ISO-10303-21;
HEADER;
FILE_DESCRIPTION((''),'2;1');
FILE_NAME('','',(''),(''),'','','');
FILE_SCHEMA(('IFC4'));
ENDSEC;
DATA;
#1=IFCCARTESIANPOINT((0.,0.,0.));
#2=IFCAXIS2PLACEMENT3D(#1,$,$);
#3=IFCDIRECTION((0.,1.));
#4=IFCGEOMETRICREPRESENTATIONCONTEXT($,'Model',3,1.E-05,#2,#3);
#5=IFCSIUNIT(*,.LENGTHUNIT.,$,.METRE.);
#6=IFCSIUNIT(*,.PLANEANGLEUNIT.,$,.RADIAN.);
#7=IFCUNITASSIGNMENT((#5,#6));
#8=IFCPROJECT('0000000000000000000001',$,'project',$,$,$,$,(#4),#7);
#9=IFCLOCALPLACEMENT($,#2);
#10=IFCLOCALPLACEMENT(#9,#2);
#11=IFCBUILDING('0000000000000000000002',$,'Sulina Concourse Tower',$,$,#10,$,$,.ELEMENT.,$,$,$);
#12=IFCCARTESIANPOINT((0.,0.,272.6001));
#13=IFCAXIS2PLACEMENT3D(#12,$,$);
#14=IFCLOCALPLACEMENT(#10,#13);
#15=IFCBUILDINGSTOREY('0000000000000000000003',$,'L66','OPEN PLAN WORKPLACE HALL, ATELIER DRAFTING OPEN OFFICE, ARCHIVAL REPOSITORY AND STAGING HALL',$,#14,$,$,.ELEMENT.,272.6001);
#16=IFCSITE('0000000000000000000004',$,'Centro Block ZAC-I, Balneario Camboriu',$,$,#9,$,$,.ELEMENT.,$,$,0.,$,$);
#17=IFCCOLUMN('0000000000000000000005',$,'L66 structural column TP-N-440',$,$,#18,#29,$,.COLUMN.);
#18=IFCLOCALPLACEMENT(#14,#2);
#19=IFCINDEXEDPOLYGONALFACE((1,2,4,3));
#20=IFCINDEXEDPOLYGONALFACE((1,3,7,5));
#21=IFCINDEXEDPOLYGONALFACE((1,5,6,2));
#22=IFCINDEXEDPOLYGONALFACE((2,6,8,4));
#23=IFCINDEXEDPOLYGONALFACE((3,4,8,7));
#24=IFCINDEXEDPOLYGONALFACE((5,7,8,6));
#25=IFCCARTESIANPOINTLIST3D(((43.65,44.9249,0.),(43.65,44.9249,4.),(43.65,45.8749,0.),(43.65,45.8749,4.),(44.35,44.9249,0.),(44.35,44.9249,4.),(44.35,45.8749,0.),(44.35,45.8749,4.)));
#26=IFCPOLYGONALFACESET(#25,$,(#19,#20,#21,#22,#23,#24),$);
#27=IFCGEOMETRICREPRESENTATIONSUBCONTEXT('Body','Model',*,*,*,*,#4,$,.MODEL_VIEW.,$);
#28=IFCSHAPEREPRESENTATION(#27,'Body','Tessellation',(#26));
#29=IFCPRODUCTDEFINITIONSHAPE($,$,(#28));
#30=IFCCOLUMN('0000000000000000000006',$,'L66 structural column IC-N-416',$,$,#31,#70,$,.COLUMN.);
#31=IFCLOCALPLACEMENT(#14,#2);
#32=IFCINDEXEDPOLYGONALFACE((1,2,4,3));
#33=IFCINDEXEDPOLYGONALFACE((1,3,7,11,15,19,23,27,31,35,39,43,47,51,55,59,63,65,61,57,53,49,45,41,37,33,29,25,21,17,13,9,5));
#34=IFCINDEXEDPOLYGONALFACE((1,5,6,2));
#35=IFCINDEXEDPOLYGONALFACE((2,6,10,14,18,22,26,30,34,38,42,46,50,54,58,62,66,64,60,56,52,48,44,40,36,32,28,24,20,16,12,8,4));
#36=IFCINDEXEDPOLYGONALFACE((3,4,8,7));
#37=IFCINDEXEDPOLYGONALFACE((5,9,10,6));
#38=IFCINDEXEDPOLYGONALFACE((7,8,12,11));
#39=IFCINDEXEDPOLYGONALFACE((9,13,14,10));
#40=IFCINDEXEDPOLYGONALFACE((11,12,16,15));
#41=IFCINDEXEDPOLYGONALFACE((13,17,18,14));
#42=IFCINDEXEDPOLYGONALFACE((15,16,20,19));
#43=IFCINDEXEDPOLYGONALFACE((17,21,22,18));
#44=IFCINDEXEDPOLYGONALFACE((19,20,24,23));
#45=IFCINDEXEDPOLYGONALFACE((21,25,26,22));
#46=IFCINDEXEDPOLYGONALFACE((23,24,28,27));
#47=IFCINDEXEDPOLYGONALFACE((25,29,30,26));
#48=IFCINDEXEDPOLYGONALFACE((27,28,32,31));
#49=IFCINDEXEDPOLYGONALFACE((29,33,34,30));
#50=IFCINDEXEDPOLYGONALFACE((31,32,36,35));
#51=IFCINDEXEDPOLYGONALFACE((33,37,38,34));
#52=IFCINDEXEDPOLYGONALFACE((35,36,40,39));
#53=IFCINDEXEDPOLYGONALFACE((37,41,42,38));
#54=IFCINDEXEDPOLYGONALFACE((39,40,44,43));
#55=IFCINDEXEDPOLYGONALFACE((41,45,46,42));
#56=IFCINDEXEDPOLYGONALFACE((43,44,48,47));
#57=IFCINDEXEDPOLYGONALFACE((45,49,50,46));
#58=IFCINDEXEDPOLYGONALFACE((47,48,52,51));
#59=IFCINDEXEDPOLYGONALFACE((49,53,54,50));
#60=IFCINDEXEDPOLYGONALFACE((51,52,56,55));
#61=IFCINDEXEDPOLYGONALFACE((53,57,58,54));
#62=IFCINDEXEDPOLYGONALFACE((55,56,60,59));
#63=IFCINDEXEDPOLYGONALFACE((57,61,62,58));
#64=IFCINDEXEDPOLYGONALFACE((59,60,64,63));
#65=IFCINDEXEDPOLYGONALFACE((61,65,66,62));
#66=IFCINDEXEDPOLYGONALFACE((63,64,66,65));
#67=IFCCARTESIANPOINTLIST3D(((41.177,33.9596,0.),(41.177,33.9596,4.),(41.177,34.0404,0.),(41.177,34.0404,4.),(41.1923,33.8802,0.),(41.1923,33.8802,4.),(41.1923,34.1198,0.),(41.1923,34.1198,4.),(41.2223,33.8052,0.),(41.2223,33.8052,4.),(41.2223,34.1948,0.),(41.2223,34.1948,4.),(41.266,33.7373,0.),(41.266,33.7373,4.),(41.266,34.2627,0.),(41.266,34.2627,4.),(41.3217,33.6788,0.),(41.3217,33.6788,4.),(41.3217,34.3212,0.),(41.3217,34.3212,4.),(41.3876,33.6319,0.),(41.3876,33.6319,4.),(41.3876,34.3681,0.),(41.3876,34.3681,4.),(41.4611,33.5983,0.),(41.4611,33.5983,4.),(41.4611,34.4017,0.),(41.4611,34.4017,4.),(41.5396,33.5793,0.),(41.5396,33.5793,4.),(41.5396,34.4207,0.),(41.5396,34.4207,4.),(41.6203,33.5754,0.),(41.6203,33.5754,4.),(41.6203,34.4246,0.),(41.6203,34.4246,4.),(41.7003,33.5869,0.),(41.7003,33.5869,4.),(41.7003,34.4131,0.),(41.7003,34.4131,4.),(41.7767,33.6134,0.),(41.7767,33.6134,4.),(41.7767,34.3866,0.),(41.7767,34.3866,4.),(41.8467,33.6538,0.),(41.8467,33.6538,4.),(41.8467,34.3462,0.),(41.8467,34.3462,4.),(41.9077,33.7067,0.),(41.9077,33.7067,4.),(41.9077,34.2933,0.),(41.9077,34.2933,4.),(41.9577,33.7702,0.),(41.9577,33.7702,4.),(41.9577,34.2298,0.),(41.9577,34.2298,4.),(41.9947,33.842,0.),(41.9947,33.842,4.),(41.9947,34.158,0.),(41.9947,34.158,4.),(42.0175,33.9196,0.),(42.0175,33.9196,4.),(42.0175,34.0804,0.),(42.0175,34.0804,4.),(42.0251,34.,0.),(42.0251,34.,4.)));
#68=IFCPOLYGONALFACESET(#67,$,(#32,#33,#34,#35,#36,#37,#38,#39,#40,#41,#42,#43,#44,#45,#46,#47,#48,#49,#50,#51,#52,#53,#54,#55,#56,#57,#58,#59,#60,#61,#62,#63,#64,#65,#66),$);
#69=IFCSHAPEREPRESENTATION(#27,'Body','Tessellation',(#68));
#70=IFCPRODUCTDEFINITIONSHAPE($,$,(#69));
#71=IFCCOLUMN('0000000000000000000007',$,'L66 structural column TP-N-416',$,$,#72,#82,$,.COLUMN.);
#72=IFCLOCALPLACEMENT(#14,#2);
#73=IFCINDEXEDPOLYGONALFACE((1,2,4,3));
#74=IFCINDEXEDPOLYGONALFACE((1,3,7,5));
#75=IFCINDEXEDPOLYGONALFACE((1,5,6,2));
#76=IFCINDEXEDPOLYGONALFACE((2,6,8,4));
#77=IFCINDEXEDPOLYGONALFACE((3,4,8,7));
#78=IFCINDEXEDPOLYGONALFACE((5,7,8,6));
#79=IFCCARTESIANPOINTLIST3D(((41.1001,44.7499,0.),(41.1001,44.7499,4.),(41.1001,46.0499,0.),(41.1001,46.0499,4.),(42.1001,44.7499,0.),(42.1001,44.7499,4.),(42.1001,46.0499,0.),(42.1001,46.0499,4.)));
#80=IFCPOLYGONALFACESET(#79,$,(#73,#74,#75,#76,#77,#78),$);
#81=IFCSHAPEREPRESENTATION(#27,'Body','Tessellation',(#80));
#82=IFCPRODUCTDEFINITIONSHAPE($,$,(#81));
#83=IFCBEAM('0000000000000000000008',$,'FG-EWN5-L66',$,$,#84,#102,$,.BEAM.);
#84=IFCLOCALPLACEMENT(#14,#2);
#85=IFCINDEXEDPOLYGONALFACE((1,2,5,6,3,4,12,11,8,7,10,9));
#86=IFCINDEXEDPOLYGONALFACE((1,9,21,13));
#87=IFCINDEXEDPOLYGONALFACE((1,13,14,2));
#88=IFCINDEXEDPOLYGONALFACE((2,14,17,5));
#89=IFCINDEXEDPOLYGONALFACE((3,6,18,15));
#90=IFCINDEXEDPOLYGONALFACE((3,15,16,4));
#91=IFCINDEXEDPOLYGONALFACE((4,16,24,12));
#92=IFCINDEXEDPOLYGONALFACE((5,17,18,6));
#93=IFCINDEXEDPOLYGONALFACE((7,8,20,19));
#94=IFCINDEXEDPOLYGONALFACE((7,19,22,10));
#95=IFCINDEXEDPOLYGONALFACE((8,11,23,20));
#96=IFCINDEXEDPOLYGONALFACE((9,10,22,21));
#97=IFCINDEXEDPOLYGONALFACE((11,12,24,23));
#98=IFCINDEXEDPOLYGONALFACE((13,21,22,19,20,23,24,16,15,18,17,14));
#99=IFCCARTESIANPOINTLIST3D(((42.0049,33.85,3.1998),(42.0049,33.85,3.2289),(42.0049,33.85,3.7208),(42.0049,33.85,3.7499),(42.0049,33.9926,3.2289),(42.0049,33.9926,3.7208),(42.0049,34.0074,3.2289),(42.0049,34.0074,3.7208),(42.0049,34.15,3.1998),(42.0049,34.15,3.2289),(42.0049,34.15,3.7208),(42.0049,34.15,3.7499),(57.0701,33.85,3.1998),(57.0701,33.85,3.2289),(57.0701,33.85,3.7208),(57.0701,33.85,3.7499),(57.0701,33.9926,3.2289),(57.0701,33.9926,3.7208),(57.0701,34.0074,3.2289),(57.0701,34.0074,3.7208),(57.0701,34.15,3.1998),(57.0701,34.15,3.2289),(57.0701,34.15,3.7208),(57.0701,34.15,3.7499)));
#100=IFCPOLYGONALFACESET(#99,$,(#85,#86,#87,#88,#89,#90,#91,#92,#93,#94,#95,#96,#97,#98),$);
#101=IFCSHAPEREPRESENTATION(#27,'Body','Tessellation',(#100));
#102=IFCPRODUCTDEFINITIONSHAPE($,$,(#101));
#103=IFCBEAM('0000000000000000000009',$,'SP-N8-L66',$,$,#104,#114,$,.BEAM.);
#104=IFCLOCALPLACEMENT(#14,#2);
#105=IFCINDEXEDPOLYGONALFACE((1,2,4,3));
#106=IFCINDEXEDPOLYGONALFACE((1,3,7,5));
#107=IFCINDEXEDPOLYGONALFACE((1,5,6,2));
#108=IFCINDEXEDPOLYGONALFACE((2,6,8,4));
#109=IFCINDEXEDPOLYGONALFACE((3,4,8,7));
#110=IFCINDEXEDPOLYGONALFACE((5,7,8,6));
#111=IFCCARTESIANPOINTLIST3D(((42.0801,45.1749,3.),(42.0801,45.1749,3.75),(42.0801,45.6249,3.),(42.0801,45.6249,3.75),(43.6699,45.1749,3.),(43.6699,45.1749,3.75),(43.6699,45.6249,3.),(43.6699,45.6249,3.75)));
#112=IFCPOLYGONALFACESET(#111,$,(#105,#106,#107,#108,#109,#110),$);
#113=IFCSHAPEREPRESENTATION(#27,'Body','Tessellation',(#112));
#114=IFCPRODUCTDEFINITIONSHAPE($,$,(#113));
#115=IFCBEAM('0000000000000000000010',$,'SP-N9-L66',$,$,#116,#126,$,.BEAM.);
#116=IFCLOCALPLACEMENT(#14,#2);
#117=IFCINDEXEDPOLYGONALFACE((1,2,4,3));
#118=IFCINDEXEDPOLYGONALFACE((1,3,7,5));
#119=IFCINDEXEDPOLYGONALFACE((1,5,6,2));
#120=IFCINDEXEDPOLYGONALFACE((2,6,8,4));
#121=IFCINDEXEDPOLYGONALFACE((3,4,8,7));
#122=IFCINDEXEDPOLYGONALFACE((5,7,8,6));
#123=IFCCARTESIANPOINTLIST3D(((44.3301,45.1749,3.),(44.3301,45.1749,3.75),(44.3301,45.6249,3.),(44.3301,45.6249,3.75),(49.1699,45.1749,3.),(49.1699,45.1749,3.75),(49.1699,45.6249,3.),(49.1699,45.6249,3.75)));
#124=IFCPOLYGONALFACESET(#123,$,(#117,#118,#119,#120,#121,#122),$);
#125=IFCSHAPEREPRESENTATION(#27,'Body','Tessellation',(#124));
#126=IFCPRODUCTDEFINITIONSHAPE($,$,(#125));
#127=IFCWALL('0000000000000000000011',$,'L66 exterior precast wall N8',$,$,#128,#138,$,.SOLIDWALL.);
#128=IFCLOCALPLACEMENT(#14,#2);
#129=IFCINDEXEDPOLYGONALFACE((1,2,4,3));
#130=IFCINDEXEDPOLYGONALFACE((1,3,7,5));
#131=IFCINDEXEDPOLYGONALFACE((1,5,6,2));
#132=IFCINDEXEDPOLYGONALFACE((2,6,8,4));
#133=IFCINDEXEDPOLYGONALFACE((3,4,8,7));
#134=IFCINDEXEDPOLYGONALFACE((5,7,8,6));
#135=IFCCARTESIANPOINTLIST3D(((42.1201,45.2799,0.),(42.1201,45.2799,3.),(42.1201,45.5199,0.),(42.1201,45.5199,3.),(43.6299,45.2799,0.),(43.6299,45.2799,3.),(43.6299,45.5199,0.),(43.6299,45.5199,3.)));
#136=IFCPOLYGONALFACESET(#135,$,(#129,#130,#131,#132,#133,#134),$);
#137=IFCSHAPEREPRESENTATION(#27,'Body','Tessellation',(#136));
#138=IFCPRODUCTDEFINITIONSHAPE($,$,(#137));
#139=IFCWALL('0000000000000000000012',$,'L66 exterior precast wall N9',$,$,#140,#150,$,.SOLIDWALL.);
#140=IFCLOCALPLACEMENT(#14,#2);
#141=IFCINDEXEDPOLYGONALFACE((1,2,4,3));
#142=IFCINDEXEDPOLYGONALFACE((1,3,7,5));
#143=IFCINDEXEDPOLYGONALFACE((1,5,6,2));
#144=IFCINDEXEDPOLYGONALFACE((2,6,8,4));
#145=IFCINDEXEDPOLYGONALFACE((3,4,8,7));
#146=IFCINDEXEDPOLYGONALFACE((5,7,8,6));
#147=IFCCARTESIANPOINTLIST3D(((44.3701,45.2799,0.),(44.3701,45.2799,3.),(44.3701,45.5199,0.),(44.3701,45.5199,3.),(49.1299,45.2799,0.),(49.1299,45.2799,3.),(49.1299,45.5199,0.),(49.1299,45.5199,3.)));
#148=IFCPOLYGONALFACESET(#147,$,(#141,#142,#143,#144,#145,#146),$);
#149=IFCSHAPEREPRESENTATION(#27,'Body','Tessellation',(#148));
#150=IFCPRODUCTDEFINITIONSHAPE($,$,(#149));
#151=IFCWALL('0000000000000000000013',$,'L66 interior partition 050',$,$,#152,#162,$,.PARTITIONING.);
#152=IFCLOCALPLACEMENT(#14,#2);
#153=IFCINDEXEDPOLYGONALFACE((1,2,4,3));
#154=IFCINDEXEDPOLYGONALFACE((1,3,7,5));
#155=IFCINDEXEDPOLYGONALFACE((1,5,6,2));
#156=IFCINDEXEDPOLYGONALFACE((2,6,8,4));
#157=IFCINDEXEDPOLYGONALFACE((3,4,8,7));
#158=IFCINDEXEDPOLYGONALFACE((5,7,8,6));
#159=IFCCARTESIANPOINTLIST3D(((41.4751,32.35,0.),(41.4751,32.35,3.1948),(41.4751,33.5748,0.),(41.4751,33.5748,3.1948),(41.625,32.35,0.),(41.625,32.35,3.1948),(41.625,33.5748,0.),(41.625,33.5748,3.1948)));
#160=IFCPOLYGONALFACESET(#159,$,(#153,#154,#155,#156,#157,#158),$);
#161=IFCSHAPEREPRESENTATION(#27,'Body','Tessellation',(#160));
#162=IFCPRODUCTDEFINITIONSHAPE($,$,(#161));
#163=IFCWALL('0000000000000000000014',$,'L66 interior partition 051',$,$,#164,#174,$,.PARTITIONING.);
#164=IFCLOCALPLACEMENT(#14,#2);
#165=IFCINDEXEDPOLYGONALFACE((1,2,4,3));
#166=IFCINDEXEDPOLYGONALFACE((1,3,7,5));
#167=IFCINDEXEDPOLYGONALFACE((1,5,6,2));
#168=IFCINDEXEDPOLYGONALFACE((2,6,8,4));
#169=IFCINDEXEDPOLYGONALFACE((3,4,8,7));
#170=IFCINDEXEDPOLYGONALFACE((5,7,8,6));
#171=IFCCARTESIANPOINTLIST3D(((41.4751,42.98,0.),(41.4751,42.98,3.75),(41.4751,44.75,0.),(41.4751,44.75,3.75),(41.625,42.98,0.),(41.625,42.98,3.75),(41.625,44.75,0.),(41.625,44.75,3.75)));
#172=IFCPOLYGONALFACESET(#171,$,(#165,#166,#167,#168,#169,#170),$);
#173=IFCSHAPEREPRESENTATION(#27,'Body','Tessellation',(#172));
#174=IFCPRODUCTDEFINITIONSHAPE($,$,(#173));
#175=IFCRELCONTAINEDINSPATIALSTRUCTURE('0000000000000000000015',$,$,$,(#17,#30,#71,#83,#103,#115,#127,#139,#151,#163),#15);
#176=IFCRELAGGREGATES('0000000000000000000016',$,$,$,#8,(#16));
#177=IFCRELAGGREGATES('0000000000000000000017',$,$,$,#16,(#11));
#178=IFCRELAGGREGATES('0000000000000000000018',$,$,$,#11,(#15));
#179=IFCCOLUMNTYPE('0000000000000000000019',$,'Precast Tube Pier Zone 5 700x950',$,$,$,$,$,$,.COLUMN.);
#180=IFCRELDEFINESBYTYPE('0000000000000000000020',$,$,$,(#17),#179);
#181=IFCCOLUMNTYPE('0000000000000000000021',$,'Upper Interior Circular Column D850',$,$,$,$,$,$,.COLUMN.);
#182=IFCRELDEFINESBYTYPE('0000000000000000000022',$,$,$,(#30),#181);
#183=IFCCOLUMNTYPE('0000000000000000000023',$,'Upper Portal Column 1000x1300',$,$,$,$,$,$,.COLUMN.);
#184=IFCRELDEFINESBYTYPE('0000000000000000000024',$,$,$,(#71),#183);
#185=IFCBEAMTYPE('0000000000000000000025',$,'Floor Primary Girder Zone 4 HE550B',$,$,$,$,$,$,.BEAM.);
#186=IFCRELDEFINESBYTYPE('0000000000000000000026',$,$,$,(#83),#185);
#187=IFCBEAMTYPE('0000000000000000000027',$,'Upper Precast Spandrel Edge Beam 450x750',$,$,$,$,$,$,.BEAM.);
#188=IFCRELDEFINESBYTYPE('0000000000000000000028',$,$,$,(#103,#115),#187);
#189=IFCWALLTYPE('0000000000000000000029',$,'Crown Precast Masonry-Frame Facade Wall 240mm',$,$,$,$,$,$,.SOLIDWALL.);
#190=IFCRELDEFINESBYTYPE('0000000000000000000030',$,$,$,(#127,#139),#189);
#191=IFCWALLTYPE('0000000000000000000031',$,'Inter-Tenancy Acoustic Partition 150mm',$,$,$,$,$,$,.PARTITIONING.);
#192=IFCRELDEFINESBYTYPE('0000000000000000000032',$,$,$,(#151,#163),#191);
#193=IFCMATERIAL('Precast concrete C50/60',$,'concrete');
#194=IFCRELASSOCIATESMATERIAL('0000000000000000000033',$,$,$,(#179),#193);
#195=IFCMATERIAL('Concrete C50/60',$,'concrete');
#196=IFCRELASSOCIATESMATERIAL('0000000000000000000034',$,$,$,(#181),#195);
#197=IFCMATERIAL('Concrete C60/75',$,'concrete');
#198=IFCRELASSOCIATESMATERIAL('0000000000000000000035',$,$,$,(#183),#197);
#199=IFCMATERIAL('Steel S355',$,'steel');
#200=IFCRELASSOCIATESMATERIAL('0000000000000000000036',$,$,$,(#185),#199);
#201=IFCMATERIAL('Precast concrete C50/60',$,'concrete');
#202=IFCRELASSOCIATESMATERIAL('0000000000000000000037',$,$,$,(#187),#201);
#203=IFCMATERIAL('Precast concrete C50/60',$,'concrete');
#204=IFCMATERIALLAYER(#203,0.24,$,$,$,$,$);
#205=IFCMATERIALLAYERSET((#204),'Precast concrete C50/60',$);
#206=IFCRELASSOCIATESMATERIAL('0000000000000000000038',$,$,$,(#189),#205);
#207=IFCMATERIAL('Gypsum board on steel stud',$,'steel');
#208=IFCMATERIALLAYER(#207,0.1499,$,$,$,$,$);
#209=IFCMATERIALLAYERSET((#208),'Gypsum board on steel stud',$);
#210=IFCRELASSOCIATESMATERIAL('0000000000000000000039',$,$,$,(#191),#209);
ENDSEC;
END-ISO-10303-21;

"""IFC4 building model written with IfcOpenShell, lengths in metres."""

from ifc_helpers import new_model, si_unit, direction, frame, frame_2d, origin, origin_2d, place, context, subcontext, project, spatial, rectangle, circle, i_section, extrude, material, layer, layer_set, material_profile, profile_set, type_object, element, save


model = new_model("IFC4")

# Units and contexts
model_context = context("Model", 3, precision=1e-05, world=origin(), true_north=direction((0.0, 1.0)))
body_context = subcontext(model_context, "Body", "Model", "MODEL_VIEW")
ifc_project = project(units=[si_unit("LENGTHUNIT", "METRE"), si_unit("PLANEANGLEUNIT", "RADIAN")], contexts=[model_context])

# Site, building, storey
site_placement = place(None, origin())
site = spatial("IfcSite", under=ifc_project, at=site_placement, Name="Centro Block ZAC-I, Balneario Camboriu", CompositionType="ELEMENT", RefElevation=0.0)
building_placement = place(site_placement, origin())
building = spatial("IfcBuilding", under=site, at=building_placement, Name="Sulina Concourse Tower", CompositionType="ELEMENT")
storey_placement = place(building_placement, frame((0.0, 0.0, 272.6001)))
storey = spatial("IfcBuildingStorey", under=building, at=storey_placement, Name="L66", Description="OPEN PLAN WORKPLACE HALL, ATELIER DRAFTING OPEN OFFICE, ARCHIVAL REPOSITORY AND STAGING HALL", CompositionType="ELEMENT", Elevation=272.6001)

# Columns
ifc_material_1 = material(Name="Precast concrete C50/60", Category="concrete")
ifc_material_profile_1 = material_profile(ifc_material_1, rectangle(XDim=0.7, YDim=0.95, at=origin_2d()), Name="PC 700x950")
ifc_profile_set_1 = profile_set([ifc_material_profile_1], Name="Precast concrete C50/60")
column_type_1 = type_object("IfcColumnType", Name="Precast Tube Pier Zone 5 700x950", PredefinedType="COLUMN", material=ifc_profile_set_1)
column_1_placement = place(storey_placement, frame((44.0, 45.3999, 0.0), z_axis=(0.0, 0.0, 1.0), x_axis=(1.0, 0.0, 0.0)))
element("IfcColumn", 1, at=column_1_placement, inside=storey, type_object=column_type_1, Name="L66 structural column TP-N-440", PredefinedType="COLUMN", context=body_context, shape_type="SweptSolid", body=[
    extrude(rectangle(XDim=0.7, YDim=0.95, at=origin_2d()), origin(), (0.0, 0.0, 1.0), 4.0),
])
ifc_material_2 = material(Name="Concrete C50/60", Category="concrete")
ifc_material_profile_2 = material_profile(ifc_material_2, circle(Radius=0.425, at=origin_2d()), Name="RC D850")
ifc_profile_set_2 = profile_set([ifc_material_profile_2], Name="Concrete C50/60")
column_type_2 = type_object("IfcColumnType", Name="Upper Interior Circular Column D850", PredefinedType="COLUMN", material=ifc_profile_set_2)
column_2_placement = place(storey_placement, frame((41.6001, 34.0, 0.0), z_axis=(0.0, 0.0, 1.0), x_axis=(1.0, 0.0, 0.0)))
element("IfcColumn", 2, at=column_2_placement, inside=storey, type_object=column_type_2, Name="L66 structural column IC-N-416", PredefinedType="COLUMN", context=body_context, shape_type="SweptSolid", body=[
    extrude(circle(Radius=0.425, at=origin_2d()), origin(), (0.0, 0.0, 1.0), 4.0),
])
ifc_material_3 = material(Name="Concrete C60/75", Category="concrete")
ifc_material_profile_3 = material_profile(ifc_material_3, rectangle(XDim=1.0, YDim=1.3, at=origin_2d()), Name="RC 1000x1300")
ifc_profile_set_3 = profile_set([ifc_material_profile_3], Name="Concrete C60/75")
column_type_3 = type_object("IfcColumnType", Name="Upper Portal Column 1000x1300", PredefinedType="COLUMN", material=ifc_profile_set_3)
column_3_placement = place(storey_placement, frame((41.6001, 45.3999, 0.0), z_axis=(0.0, 0.0, 1.0), x_axis=(1.0, 0.0, 0.0)))
element("IfcColumn", 3, at=column_3_placement, inside=storey, type_object=column_type_3, Name="L66 structural column TP-N-416", PredefinedType="COLUMN", context=body_context, shape_type="SweptSolid", body=[
    extrude(rectangle(XDim=1.0, YDim=1.3, at=origin_2d()), origin(), (0.0, 0.0, 1.0), 4.0),
])

# Beams
ifc_material_4 = material(Name="Steel S355", Category="steel")
ifc_material_profile_4 = material_profile(ifc_material_4, i_section(OverallWidth=0.3, OverallDepth=0.55, WebThickness=0.0149, FlangeThickness=0.0291, at=origin_2d()), Name="HE 550 B")
ifc_profile_set_4 = profile_set([ifc_material_profile_4], Name="Steel S355")
beam_type_1 = type_object("IfcBeamType", Name="Floor Primary Girder Zone 4 HE550B", PredefinedType="BEAM", material=ifc_profile_set_4)
beam_1_placement = place(storey_placement, frame((42.0049, 34.0, 3.4749), z_axis=(1.0, 0.0, 0.0), x_axis=(0.0, 1.0, 0.0)))
element("IfcBeam", 4, at=beam_1_placement, inside=storey, type_object=beam_type_1, Name="FG-EWN5-L66", PredefinedType="BEAM", context=body_context, shape_type="SweptSolid", body=[
    extrude(i_section(OverallWidth=0.3, OverallDepth=0.55, WebThickness=0.0149, FlangeThickness=0.0291, at=origin_2d()), origin(), (0.0, 0.0, 1.0), 15.0652),
])
ifc_material_5 = material(Name="Precast concrete C50/60", Category="concrete")
ifc_material_profile_5 = material_profile(ifc_material_5, rectangle(XDim=0.45, YDim=0.75, at=origin_2d()), Name="RC 450x750")
ifc_profile_set_5 = profile_set([ifc_material_profile_5], Name="Precast concrete C50/60")
beam_type_2 = type_object("IfcBeamType", Name="Upper Precast Spandrel Edge Beam 450x750", PredefinedType="BEAM", material=ifc_profile_set_5)
beam_2_placement = place(storey_placement, frame((42.0801, 45.3999, 3.375), z_axis=(1.0, 0.0, 0.0), x_axis=(0.0, 1.0, 0.0)))
element("IfcBeam", 5, at=beam_2_placement, inside=storey, type_object=beam_type_2, Name="SP-N8-L66", PredefinedType="BEAM", context=body_context, shape_type="SweptSolid", body=[
    extrude(rectangle(XDim=0.45, YDim=0.75, at=origin_2d()), origin(), (0.0, 0.0, 1.0), 1.5898),
])
beam_3_placement = place(storey_placement, frame((44.3301, 45.3999, 3.375), z_axis=(1.0, 0.0, 0.0), x_axis=(0.0, 1.0, 0.0)))
element("IfcBeam", 6, at=beam_3_placement, inside=storey, type_object=beam_type_2, Name="SP-N9-L66", PredefinedType="BEAM", context=body_context, shape_type="SweptSolid", body=[
    extrude(rectangle(XDim=0.45, YDim=0.75, at=origin_2d()), origin(), (0.0, 0.0, 1.0), 4.8398),
])

# Walls
ifc_material_6 = material(Name="Precast concrete C50/60", Category="concrete")
ifc_layer_1 = layer(ifc_material_6, 0.24)
ifc_layer_set_1 = layer_set([ifc_layer_1], Name="Precast concrete C50/60")
wall_type_1 = type_object("IfcWallType", Name="Crown Precast Masonry-Frame Facade Wall 240mm", PredefinedType="SOLIDWALL", material=ifc_layer_set_1)
wall_1_placement = place(storey_placement, frame((42.1201, 45.3999, 0.0), z_axis=(0.0, 0.0, 1.0), x_axis=(1.0, 0.0, 0.0)))
element("IfcWall", 7, at=wall_1_placement, inside=storey, type_object=wall_type_1, Name="L66 exterior precast wall N8", PredefinedType="SOLIDWALL", context=body_context, shape_type="SweptSolid", body=[
    extrude(rectangle(XDim=1.5098, YDim=0.24, at=frame_2d((0.7549, 0.0))), origin(), (0.0, 0.0, 1.0), 3.0),
])
wall_2_placement = place(storey_placement, frame((44.3701, 45.3999, 0.0), z_axis=(0.0, 0.0, 1.0), x_axis=(1.0, 0.0, 0.0)))
element("IfcWall", 8, at=wall_2_placement, inside=storey, type_object=wall_type_1, Name="L66 exterior precast wall N9", PredefinedType="SOLIDWALL", context=body_context, shape_type="SweptSolid", body=[
    extrude(rectangle(XDim=4.7598, YDim=0.24, at=frame_2d((2.3799, 0.0))), origin(), (0.0, 0.0, 1.0), 3.0),
])
ifc_material_7 = material(Name="Gypsum board on steel stud", Category="steel")
ifc_layer_2 = layer(ifc_material_7, 0.1499)
ifc_layer_set_2 = layer_set([ifc_layer_2], Name="Gypsum board on steel stud")
wall_type_2 = type_object("IfcWallType", Name="Inter-Tenancy Acoustic Partition 150mm", PredefinedType="PARTITIONING", material=ifc_layer_set_2)
wall_3_placement = place(storey_placement, frame((41.55, 32.3501, 0.0), z_axis=(0.0, 0.0, 1.0), x_axis=(0.0, 1.0, 0.0)))
element("IfcWall", 9, at=wall_3_placement, inside=storey, type_object=wall_type_2, Name="L66 interior partition 050", PredefinedType="PARTITIONING", context=body_context, shape_type="SweptSolid", body=[
    extrude(rectangle(XDim=1.2249, YDim=0.1499, at=frame_2d((0.6123, 0.0))), origin(), (0.0, 0.0, 1.0), 3.1948),
])
wall_4_placement = place(storey_placement, frame((41.55, 42.98, 0.0), z_axis=(0.0, 0.0, 1.0), x_axis=(0.0, 1.0, 0.0)))
element("IfcWall", 10, at=wall_4_placement, inside=storey, type_object=wall_type_2, Name="L66 interior partition 051", PredefinedType="PARTITIONING", context=body_context, shape_type="SweptSolid", body=[
    extrude(rectangle(XDim=1.77, YDim=0.1499, at=frame_2d((0.885, 0.0))), origin(), (0.0, 0.0, 1.0), 3.75),
])

save(model, "model.ifc")
